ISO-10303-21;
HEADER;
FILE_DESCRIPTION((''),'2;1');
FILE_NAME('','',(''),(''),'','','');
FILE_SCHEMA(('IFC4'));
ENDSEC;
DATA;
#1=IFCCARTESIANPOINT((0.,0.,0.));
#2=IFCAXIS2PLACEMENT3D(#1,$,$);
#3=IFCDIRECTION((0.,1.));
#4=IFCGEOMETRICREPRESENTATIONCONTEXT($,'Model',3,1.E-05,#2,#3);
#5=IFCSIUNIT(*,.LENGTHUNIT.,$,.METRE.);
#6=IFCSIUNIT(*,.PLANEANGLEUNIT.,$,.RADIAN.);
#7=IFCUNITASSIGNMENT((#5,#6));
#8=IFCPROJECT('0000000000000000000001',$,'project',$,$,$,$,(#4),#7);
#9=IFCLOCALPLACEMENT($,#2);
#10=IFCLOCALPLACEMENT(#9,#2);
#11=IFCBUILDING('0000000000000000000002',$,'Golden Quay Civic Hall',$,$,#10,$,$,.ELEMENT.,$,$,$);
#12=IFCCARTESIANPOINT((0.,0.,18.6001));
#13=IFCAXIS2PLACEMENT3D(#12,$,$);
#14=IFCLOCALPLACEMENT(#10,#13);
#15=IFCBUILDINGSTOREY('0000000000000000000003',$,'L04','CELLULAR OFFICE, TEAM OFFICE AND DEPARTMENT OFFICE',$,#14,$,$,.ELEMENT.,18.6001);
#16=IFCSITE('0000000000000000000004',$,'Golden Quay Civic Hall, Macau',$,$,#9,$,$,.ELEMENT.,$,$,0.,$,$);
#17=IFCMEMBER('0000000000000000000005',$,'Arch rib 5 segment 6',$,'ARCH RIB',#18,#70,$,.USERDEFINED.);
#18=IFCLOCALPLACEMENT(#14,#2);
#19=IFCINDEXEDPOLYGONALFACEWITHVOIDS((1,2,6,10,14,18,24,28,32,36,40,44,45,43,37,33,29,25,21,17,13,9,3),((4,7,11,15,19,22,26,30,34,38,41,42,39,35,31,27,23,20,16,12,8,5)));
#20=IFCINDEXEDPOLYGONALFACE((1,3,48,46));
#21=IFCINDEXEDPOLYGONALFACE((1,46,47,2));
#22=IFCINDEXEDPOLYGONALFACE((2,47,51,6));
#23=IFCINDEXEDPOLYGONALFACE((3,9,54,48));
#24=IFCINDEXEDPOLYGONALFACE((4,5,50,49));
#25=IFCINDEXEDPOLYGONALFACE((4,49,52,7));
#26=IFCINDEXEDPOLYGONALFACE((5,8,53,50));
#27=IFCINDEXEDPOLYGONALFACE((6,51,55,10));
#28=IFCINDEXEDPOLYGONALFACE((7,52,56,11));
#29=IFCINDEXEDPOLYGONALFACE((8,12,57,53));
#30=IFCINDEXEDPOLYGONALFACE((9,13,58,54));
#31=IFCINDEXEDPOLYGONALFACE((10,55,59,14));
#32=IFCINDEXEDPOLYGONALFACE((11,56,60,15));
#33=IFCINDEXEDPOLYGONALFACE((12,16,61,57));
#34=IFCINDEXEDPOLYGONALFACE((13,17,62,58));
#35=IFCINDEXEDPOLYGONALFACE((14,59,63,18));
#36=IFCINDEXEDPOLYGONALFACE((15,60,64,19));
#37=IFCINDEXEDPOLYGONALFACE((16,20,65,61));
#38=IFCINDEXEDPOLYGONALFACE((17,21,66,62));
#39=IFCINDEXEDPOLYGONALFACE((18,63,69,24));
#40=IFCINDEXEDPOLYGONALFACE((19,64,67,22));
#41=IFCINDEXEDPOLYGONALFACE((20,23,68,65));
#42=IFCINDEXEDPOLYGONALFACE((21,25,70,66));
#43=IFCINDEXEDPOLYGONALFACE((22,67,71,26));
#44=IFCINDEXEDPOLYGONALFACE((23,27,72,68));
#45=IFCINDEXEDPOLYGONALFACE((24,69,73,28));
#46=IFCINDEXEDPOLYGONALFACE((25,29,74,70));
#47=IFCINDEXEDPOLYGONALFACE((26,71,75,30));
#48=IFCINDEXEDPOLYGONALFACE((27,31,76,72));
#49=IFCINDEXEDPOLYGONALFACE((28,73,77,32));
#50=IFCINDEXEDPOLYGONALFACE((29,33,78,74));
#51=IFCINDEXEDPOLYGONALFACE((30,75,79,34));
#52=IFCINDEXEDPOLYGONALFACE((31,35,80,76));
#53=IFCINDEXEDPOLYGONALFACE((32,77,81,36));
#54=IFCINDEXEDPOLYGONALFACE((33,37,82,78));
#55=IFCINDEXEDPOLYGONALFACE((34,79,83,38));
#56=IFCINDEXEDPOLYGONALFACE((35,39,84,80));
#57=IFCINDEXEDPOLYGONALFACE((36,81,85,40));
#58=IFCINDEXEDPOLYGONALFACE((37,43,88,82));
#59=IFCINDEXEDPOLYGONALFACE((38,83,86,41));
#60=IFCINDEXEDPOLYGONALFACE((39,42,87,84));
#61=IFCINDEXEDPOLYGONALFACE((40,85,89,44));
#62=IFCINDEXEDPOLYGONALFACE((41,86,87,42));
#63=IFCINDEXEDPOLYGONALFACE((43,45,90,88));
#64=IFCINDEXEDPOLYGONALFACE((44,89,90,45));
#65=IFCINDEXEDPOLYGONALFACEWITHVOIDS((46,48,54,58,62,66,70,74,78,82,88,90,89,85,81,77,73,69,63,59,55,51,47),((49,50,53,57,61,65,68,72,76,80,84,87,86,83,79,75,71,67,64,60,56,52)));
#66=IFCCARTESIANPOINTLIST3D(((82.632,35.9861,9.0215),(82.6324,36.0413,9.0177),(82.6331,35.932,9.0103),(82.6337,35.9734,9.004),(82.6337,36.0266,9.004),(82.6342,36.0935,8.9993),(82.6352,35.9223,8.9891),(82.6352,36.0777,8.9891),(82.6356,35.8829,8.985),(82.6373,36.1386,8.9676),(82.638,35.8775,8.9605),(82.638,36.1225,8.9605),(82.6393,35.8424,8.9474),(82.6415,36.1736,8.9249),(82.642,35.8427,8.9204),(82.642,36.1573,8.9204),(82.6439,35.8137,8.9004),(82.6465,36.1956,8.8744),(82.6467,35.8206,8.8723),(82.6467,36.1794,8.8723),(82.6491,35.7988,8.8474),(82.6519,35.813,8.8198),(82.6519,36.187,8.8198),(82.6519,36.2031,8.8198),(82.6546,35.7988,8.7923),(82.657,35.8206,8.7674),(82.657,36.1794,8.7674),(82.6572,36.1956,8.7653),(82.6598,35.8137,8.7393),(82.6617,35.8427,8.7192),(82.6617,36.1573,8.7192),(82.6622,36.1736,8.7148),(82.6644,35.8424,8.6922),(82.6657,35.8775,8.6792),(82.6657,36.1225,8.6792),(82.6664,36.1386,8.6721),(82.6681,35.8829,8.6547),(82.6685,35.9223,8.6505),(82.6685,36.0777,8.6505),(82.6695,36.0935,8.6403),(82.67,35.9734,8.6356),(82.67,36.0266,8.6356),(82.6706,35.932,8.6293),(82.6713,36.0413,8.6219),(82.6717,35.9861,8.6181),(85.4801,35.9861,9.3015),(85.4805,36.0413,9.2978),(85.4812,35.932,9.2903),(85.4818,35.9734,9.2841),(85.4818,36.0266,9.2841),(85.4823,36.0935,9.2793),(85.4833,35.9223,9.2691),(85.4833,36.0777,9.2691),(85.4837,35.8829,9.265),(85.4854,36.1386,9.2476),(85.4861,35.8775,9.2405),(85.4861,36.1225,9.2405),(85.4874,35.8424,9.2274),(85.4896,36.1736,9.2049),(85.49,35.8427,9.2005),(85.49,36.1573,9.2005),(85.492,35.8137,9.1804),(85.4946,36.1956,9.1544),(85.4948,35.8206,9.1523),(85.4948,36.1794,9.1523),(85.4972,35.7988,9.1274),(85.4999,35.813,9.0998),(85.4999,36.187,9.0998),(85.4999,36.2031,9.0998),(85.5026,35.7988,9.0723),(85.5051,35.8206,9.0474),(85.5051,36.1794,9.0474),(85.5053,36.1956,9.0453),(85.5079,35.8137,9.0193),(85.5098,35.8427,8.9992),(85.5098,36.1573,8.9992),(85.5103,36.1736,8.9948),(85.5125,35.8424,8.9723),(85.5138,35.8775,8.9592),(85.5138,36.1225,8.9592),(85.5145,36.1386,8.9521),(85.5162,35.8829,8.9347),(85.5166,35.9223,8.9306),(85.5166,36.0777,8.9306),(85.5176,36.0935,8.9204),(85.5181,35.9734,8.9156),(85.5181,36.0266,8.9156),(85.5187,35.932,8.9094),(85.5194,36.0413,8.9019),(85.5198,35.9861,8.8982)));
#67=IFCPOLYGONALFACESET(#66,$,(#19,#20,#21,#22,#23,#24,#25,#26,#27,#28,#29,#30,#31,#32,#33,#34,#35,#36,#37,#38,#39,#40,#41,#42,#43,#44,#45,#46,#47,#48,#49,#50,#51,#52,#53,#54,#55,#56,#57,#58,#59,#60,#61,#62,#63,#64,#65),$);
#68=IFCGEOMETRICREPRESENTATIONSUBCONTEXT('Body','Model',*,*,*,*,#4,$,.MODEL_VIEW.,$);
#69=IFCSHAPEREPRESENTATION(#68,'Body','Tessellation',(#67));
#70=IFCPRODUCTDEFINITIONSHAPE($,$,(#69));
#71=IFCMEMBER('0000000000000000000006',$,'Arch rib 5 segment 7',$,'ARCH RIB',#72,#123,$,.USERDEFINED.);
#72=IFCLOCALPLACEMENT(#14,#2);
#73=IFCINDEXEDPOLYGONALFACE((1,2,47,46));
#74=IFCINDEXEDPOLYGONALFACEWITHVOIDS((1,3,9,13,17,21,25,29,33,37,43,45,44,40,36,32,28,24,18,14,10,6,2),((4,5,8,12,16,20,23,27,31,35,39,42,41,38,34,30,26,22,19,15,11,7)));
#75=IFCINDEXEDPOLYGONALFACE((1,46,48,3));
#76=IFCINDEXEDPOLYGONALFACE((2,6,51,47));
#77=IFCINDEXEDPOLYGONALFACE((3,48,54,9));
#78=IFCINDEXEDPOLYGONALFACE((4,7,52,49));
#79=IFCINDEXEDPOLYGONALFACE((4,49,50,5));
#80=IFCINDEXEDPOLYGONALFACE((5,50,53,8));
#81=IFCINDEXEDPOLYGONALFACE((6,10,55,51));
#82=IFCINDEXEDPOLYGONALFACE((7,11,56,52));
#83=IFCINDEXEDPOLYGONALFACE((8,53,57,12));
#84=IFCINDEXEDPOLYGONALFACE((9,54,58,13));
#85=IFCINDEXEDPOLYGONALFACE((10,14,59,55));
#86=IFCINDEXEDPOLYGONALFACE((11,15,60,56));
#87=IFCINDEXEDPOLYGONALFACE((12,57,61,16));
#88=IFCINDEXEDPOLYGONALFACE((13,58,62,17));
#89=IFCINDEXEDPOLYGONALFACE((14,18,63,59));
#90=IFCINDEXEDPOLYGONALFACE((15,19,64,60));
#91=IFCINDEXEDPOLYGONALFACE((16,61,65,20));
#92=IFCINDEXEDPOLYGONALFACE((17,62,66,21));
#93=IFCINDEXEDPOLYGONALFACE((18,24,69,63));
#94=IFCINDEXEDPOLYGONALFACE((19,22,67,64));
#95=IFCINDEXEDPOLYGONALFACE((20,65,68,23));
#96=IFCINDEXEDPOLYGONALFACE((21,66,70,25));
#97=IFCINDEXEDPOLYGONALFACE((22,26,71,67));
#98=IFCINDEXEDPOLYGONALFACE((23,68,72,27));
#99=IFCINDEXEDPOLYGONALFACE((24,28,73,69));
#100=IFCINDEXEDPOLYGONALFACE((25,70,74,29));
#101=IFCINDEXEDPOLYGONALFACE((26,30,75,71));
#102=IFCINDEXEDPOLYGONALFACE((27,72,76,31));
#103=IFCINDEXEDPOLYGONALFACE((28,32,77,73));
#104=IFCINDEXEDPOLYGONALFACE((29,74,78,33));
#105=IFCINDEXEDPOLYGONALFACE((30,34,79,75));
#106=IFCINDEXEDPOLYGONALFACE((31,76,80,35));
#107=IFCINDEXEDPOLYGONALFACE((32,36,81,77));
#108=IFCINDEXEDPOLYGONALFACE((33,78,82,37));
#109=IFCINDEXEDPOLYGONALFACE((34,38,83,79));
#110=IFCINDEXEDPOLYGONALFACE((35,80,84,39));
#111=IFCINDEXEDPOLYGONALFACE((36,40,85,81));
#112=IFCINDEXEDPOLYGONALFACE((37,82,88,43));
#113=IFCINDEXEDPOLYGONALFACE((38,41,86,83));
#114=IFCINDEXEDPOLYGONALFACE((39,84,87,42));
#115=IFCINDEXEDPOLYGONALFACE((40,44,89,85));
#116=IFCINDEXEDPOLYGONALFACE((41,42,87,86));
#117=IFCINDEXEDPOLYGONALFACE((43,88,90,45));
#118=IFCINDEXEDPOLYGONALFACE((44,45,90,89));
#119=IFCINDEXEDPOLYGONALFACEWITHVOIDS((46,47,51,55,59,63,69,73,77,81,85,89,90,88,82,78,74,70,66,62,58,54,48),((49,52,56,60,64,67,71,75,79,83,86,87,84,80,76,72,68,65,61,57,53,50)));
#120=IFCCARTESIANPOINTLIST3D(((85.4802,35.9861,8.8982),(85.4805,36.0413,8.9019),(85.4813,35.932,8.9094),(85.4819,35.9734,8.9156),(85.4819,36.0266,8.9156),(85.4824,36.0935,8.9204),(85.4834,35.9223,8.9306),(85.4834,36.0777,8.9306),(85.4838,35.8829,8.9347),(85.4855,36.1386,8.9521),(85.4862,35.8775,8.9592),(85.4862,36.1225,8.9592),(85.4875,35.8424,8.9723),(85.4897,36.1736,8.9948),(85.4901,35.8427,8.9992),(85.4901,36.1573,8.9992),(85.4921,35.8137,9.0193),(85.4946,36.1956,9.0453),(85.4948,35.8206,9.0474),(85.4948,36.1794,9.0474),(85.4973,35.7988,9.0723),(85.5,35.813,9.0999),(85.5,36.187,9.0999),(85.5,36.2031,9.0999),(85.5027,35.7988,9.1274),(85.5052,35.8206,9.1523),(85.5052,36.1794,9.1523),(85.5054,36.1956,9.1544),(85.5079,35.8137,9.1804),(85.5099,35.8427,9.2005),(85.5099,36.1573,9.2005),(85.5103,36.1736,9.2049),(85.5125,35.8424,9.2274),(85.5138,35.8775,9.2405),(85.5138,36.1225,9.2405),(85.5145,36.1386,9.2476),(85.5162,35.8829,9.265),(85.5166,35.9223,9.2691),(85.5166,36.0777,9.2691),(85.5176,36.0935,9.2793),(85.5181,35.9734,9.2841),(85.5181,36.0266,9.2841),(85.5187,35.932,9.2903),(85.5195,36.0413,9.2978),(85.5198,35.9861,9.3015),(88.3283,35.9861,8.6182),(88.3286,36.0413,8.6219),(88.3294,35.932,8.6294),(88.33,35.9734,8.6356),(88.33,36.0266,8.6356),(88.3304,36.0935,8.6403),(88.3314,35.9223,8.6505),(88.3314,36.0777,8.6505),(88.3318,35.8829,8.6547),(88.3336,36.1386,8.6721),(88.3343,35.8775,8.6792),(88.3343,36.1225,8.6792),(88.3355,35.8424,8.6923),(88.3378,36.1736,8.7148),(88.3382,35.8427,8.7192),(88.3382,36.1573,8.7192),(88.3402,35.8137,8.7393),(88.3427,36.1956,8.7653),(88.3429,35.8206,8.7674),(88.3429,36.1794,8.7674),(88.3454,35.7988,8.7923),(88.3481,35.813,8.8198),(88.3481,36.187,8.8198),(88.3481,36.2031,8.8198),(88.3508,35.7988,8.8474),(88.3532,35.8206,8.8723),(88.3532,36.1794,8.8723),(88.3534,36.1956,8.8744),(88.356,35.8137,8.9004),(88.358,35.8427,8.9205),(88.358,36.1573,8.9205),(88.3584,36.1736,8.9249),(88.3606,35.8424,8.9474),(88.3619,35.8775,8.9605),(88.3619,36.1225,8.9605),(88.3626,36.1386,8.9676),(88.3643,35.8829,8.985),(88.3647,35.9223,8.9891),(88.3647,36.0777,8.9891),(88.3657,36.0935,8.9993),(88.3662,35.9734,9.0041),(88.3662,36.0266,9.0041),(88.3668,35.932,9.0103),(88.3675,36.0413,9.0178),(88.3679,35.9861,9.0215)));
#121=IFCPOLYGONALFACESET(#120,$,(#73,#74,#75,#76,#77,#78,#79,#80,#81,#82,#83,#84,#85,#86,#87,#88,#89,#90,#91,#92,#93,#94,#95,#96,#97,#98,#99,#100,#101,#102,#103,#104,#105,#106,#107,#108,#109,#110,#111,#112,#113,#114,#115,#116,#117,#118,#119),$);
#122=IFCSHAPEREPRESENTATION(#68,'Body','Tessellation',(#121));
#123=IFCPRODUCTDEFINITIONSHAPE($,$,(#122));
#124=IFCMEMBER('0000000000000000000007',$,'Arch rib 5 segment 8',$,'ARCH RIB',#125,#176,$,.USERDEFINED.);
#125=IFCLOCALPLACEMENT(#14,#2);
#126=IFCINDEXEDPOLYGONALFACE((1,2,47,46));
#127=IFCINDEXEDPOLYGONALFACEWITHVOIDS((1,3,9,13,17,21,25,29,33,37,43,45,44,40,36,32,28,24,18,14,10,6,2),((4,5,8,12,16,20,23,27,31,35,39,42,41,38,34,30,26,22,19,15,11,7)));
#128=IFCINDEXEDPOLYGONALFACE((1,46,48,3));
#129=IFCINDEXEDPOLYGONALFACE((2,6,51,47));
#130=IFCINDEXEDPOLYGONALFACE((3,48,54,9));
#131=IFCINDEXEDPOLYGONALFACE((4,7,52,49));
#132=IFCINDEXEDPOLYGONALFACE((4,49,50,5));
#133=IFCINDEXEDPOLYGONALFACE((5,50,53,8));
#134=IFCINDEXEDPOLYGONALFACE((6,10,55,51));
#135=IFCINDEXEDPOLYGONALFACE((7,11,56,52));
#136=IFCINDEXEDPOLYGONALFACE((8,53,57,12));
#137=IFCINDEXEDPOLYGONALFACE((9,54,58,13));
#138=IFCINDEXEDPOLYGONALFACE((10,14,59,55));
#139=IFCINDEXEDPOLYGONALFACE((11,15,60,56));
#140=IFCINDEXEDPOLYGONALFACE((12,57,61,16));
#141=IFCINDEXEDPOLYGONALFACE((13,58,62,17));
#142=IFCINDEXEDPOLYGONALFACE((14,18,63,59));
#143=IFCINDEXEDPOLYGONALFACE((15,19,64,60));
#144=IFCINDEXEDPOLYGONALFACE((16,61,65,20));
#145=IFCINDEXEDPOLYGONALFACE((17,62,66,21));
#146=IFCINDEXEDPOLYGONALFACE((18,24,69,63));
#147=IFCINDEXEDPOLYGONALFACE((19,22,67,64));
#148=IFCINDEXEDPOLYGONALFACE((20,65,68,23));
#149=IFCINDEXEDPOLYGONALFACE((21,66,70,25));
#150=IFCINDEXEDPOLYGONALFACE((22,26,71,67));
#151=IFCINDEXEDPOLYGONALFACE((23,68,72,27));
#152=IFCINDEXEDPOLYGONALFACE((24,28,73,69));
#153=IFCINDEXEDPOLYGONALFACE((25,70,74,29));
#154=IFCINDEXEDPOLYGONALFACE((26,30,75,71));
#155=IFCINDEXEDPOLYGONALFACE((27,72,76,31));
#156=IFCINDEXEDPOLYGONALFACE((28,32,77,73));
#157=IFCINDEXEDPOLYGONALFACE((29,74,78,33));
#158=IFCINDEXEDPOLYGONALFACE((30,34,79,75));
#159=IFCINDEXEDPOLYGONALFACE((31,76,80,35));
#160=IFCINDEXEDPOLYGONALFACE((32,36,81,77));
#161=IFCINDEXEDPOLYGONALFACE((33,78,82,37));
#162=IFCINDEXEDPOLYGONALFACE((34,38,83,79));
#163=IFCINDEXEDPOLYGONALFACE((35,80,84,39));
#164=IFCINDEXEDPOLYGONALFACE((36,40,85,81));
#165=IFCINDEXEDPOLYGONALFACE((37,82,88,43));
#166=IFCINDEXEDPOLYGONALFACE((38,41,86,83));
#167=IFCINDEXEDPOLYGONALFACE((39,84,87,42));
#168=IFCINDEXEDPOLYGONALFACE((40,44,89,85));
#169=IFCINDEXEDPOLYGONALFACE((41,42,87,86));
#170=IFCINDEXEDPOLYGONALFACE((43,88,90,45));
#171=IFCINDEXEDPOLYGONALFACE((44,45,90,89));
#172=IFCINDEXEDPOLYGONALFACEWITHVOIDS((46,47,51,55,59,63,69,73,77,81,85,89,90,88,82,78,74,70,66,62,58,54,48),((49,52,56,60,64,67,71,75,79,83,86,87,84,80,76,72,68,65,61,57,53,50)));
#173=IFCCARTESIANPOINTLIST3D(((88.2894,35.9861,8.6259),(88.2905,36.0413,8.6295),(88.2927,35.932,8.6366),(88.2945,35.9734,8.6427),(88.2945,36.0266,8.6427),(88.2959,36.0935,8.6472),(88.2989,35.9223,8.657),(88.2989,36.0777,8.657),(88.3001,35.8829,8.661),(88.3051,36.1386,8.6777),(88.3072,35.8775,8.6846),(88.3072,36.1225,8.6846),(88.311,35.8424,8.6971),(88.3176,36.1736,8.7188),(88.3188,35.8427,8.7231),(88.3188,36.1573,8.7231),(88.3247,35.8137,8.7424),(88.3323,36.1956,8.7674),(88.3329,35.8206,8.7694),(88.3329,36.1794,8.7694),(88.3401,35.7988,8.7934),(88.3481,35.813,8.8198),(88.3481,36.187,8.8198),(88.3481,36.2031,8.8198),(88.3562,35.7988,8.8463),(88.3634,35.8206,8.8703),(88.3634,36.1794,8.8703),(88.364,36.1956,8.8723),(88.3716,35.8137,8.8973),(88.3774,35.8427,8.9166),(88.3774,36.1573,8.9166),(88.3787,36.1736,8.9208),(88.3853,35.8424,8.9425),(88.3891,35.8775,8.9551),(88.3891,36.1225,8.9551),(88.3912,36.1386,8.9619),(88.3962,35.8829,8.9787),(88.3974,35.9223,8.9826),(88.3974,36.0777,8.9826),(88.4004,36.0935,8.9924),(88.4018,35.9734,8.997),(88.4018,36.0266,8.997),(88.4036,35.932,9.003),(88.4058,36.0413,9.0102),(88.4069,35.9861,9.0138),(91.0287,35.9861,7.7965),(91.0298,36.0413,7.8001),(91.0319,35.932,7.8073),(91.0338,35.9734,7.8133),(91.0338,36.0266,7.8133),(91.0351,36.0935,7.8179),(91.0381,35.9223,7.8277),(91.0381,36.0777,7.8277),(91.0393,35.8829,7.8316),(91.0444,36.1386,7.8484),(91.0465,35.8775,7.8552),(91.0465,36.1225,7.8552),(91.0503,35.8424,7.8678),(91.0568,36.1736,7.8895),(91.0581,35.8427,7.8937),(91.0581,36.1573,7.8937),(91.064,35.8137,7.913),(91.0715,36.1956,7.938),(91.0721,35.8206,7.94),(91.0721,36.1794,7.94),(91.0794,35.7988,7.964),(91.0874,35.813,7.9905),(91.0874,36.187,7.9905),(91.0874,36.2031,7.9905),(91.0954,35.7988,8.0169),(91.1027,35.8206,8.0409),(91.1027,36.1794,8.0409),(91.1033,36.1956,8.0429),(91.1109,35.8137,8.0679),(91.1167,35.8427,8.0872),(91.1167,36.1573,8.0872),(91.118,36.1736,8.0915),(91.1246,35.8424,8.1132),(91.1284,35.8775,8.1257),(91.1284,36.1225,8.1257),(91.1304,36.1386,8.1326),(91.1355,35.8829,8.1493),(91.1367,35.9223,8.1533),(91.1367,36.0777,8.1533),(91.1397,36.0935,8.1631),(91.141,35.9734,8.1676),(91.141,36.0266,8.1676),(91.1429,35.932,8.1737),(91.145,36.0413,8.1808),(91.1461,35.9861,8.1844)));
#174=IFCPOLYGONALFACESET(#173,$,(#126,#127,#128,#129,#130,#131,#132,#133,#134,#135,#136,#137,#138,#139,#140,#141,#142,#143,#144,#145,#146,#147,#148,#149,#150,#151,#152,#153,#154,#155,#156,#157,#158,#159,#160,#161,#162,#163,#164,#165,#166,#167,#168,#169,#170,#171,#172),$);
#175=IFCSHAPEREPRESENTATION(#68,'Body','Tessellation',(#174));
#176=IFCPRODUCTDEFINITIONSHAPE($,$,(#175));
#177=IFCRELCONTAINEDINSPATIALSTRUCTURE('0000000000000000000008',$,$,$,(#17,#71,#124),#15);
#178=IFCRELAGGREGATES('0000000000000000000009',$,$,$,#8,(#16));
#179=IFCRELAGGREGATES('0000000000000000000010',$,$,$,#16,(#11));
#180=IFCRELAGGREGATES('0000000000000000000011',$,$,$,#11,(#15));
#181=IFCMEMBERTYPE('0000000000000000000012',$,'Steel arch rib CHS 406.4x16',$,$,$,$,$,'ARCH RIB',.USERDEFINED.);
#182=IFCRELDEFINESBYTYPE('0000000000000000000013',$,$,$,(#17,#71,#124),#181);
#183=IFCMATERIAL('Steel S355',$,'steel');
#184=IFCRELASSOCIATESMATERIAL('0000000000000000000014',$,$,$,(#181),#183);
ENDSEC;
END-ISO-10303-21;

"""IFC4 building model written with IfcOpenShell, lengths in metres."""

from ifc_helpers import new_model, si_unit, direction, frame, origin, origin_2d, place, context, subcontext, project, spatial, hollow_circle, extrude, material, material_profile, profile_set, type_object, element, save


model = new_model("IFC4")

# Units and contexts
model_context = context("Model", 3, precision=1e-05, world=origin(), true_north=direction((0.0, 1.0)))
body_context = subcontext(model_context, "Body", "Model", "MODEL_VIEW")
ifc_project = project(units=[si_unit("LENGTHUNIT", "METRE"), si_unit("PLANEANGLEUNIT", "RADIAN")], contexts=[model_context])

# Site, building, storey
site_placement = place(None, origin())
site = spatial("IfcSite", under=ifc_project, at=site_placement, Name="Golden Quay Civic Hall, Macau", CompositionType="ELEMENT", RefElevation=0.0)
building_placement = place(site_placement, origin())
building = spatial("IfcBuilding", under=site, at=building_placement, Name="Golden Quay Civic Hall", CompositionType="ELEMENT")
storey_placement = place(building_placement, frame((0.0, 0.0, 18.6001)))
storey = spatial("IfcBuildingStorey", under=building, at=storey_placement, Name="L04", Description="CELLULAR OFFICE, TEAM OFFICE AND DEPARTMENT OFFICE", CompositionType="ELEMENT", Elevation=18.6001)

# Members
ifc_material_1 = material(Name="Steel S355", Category="steel")
ifc_material_profile_1 = material_profile(ifc_material_1, hollow_circle(Radius=0.2031, WallThickness=0.0161, at=origin_2d()), Name="CHS 406.4x16")
ifc_profile_set_1 = profile_set([ifc_material_profile_1], Name="Steel S355")
member_type_1 = type_object("IfcMemberType", Name="Steel arch rib CHS 406.4x16", ElementType="ARCH RIB", PredefinedType="USERDEFINED", material=ifc_profile_set_1)
for number, where, z_axis, x_axis, name in (
    (1, (82.6519, 36.0, 8.8198), (0.995201, 0.0, 0.097848), (0.0, 1.0, 0.0), "Arch rib 5 segment 6"),
    (2, (85.5, 36.0, 9.0999), (0.995201, 0.0, -0.097848), (0.0, 1.0, 0.0), "Arch rib 5 segment 7"),
):
    element("IfcMember", number, at=place(storey_placement, frame(where, z_axis=z_axis, x_axis=x_axis)), inside=storey, type_object=member_type_1, Name=name, ObjectType="ARCH RIB", PredefinedType="USERDEFINED", context=body_context, shape_type="SweptSolid", body=[
        extrude(hollow_circle(Radius=0.2031, WallThickness=0.0161, at=origin_2d()), origin(), (0.0, 0.0, 1.0), 2.8618),
    ])
member_1_placement = place(storey_placement, frame((88.3481, 36.0, 8.8198), z_axis=(0.957095, 0.0, -0.289773), x_axis=(0.0, 1.0, 0.0)))
element("IfcMember", 3, at=member_1_placement, inside=storey, type_object=member_type_1, Name="Arch rib 5 segment 8", ObjectType="ARCH RIB", PredefinedType="USERDEFINED", context=body_context, shape_type="SweptSolid", body=[
    extrude(hollow_circle(Radius=0.2031, WallThickness=0.0161, at=origin_2d()), origin(), (0.0, 0.0, 1.0), 2.8621),
])

save(model, "model.ifc")
